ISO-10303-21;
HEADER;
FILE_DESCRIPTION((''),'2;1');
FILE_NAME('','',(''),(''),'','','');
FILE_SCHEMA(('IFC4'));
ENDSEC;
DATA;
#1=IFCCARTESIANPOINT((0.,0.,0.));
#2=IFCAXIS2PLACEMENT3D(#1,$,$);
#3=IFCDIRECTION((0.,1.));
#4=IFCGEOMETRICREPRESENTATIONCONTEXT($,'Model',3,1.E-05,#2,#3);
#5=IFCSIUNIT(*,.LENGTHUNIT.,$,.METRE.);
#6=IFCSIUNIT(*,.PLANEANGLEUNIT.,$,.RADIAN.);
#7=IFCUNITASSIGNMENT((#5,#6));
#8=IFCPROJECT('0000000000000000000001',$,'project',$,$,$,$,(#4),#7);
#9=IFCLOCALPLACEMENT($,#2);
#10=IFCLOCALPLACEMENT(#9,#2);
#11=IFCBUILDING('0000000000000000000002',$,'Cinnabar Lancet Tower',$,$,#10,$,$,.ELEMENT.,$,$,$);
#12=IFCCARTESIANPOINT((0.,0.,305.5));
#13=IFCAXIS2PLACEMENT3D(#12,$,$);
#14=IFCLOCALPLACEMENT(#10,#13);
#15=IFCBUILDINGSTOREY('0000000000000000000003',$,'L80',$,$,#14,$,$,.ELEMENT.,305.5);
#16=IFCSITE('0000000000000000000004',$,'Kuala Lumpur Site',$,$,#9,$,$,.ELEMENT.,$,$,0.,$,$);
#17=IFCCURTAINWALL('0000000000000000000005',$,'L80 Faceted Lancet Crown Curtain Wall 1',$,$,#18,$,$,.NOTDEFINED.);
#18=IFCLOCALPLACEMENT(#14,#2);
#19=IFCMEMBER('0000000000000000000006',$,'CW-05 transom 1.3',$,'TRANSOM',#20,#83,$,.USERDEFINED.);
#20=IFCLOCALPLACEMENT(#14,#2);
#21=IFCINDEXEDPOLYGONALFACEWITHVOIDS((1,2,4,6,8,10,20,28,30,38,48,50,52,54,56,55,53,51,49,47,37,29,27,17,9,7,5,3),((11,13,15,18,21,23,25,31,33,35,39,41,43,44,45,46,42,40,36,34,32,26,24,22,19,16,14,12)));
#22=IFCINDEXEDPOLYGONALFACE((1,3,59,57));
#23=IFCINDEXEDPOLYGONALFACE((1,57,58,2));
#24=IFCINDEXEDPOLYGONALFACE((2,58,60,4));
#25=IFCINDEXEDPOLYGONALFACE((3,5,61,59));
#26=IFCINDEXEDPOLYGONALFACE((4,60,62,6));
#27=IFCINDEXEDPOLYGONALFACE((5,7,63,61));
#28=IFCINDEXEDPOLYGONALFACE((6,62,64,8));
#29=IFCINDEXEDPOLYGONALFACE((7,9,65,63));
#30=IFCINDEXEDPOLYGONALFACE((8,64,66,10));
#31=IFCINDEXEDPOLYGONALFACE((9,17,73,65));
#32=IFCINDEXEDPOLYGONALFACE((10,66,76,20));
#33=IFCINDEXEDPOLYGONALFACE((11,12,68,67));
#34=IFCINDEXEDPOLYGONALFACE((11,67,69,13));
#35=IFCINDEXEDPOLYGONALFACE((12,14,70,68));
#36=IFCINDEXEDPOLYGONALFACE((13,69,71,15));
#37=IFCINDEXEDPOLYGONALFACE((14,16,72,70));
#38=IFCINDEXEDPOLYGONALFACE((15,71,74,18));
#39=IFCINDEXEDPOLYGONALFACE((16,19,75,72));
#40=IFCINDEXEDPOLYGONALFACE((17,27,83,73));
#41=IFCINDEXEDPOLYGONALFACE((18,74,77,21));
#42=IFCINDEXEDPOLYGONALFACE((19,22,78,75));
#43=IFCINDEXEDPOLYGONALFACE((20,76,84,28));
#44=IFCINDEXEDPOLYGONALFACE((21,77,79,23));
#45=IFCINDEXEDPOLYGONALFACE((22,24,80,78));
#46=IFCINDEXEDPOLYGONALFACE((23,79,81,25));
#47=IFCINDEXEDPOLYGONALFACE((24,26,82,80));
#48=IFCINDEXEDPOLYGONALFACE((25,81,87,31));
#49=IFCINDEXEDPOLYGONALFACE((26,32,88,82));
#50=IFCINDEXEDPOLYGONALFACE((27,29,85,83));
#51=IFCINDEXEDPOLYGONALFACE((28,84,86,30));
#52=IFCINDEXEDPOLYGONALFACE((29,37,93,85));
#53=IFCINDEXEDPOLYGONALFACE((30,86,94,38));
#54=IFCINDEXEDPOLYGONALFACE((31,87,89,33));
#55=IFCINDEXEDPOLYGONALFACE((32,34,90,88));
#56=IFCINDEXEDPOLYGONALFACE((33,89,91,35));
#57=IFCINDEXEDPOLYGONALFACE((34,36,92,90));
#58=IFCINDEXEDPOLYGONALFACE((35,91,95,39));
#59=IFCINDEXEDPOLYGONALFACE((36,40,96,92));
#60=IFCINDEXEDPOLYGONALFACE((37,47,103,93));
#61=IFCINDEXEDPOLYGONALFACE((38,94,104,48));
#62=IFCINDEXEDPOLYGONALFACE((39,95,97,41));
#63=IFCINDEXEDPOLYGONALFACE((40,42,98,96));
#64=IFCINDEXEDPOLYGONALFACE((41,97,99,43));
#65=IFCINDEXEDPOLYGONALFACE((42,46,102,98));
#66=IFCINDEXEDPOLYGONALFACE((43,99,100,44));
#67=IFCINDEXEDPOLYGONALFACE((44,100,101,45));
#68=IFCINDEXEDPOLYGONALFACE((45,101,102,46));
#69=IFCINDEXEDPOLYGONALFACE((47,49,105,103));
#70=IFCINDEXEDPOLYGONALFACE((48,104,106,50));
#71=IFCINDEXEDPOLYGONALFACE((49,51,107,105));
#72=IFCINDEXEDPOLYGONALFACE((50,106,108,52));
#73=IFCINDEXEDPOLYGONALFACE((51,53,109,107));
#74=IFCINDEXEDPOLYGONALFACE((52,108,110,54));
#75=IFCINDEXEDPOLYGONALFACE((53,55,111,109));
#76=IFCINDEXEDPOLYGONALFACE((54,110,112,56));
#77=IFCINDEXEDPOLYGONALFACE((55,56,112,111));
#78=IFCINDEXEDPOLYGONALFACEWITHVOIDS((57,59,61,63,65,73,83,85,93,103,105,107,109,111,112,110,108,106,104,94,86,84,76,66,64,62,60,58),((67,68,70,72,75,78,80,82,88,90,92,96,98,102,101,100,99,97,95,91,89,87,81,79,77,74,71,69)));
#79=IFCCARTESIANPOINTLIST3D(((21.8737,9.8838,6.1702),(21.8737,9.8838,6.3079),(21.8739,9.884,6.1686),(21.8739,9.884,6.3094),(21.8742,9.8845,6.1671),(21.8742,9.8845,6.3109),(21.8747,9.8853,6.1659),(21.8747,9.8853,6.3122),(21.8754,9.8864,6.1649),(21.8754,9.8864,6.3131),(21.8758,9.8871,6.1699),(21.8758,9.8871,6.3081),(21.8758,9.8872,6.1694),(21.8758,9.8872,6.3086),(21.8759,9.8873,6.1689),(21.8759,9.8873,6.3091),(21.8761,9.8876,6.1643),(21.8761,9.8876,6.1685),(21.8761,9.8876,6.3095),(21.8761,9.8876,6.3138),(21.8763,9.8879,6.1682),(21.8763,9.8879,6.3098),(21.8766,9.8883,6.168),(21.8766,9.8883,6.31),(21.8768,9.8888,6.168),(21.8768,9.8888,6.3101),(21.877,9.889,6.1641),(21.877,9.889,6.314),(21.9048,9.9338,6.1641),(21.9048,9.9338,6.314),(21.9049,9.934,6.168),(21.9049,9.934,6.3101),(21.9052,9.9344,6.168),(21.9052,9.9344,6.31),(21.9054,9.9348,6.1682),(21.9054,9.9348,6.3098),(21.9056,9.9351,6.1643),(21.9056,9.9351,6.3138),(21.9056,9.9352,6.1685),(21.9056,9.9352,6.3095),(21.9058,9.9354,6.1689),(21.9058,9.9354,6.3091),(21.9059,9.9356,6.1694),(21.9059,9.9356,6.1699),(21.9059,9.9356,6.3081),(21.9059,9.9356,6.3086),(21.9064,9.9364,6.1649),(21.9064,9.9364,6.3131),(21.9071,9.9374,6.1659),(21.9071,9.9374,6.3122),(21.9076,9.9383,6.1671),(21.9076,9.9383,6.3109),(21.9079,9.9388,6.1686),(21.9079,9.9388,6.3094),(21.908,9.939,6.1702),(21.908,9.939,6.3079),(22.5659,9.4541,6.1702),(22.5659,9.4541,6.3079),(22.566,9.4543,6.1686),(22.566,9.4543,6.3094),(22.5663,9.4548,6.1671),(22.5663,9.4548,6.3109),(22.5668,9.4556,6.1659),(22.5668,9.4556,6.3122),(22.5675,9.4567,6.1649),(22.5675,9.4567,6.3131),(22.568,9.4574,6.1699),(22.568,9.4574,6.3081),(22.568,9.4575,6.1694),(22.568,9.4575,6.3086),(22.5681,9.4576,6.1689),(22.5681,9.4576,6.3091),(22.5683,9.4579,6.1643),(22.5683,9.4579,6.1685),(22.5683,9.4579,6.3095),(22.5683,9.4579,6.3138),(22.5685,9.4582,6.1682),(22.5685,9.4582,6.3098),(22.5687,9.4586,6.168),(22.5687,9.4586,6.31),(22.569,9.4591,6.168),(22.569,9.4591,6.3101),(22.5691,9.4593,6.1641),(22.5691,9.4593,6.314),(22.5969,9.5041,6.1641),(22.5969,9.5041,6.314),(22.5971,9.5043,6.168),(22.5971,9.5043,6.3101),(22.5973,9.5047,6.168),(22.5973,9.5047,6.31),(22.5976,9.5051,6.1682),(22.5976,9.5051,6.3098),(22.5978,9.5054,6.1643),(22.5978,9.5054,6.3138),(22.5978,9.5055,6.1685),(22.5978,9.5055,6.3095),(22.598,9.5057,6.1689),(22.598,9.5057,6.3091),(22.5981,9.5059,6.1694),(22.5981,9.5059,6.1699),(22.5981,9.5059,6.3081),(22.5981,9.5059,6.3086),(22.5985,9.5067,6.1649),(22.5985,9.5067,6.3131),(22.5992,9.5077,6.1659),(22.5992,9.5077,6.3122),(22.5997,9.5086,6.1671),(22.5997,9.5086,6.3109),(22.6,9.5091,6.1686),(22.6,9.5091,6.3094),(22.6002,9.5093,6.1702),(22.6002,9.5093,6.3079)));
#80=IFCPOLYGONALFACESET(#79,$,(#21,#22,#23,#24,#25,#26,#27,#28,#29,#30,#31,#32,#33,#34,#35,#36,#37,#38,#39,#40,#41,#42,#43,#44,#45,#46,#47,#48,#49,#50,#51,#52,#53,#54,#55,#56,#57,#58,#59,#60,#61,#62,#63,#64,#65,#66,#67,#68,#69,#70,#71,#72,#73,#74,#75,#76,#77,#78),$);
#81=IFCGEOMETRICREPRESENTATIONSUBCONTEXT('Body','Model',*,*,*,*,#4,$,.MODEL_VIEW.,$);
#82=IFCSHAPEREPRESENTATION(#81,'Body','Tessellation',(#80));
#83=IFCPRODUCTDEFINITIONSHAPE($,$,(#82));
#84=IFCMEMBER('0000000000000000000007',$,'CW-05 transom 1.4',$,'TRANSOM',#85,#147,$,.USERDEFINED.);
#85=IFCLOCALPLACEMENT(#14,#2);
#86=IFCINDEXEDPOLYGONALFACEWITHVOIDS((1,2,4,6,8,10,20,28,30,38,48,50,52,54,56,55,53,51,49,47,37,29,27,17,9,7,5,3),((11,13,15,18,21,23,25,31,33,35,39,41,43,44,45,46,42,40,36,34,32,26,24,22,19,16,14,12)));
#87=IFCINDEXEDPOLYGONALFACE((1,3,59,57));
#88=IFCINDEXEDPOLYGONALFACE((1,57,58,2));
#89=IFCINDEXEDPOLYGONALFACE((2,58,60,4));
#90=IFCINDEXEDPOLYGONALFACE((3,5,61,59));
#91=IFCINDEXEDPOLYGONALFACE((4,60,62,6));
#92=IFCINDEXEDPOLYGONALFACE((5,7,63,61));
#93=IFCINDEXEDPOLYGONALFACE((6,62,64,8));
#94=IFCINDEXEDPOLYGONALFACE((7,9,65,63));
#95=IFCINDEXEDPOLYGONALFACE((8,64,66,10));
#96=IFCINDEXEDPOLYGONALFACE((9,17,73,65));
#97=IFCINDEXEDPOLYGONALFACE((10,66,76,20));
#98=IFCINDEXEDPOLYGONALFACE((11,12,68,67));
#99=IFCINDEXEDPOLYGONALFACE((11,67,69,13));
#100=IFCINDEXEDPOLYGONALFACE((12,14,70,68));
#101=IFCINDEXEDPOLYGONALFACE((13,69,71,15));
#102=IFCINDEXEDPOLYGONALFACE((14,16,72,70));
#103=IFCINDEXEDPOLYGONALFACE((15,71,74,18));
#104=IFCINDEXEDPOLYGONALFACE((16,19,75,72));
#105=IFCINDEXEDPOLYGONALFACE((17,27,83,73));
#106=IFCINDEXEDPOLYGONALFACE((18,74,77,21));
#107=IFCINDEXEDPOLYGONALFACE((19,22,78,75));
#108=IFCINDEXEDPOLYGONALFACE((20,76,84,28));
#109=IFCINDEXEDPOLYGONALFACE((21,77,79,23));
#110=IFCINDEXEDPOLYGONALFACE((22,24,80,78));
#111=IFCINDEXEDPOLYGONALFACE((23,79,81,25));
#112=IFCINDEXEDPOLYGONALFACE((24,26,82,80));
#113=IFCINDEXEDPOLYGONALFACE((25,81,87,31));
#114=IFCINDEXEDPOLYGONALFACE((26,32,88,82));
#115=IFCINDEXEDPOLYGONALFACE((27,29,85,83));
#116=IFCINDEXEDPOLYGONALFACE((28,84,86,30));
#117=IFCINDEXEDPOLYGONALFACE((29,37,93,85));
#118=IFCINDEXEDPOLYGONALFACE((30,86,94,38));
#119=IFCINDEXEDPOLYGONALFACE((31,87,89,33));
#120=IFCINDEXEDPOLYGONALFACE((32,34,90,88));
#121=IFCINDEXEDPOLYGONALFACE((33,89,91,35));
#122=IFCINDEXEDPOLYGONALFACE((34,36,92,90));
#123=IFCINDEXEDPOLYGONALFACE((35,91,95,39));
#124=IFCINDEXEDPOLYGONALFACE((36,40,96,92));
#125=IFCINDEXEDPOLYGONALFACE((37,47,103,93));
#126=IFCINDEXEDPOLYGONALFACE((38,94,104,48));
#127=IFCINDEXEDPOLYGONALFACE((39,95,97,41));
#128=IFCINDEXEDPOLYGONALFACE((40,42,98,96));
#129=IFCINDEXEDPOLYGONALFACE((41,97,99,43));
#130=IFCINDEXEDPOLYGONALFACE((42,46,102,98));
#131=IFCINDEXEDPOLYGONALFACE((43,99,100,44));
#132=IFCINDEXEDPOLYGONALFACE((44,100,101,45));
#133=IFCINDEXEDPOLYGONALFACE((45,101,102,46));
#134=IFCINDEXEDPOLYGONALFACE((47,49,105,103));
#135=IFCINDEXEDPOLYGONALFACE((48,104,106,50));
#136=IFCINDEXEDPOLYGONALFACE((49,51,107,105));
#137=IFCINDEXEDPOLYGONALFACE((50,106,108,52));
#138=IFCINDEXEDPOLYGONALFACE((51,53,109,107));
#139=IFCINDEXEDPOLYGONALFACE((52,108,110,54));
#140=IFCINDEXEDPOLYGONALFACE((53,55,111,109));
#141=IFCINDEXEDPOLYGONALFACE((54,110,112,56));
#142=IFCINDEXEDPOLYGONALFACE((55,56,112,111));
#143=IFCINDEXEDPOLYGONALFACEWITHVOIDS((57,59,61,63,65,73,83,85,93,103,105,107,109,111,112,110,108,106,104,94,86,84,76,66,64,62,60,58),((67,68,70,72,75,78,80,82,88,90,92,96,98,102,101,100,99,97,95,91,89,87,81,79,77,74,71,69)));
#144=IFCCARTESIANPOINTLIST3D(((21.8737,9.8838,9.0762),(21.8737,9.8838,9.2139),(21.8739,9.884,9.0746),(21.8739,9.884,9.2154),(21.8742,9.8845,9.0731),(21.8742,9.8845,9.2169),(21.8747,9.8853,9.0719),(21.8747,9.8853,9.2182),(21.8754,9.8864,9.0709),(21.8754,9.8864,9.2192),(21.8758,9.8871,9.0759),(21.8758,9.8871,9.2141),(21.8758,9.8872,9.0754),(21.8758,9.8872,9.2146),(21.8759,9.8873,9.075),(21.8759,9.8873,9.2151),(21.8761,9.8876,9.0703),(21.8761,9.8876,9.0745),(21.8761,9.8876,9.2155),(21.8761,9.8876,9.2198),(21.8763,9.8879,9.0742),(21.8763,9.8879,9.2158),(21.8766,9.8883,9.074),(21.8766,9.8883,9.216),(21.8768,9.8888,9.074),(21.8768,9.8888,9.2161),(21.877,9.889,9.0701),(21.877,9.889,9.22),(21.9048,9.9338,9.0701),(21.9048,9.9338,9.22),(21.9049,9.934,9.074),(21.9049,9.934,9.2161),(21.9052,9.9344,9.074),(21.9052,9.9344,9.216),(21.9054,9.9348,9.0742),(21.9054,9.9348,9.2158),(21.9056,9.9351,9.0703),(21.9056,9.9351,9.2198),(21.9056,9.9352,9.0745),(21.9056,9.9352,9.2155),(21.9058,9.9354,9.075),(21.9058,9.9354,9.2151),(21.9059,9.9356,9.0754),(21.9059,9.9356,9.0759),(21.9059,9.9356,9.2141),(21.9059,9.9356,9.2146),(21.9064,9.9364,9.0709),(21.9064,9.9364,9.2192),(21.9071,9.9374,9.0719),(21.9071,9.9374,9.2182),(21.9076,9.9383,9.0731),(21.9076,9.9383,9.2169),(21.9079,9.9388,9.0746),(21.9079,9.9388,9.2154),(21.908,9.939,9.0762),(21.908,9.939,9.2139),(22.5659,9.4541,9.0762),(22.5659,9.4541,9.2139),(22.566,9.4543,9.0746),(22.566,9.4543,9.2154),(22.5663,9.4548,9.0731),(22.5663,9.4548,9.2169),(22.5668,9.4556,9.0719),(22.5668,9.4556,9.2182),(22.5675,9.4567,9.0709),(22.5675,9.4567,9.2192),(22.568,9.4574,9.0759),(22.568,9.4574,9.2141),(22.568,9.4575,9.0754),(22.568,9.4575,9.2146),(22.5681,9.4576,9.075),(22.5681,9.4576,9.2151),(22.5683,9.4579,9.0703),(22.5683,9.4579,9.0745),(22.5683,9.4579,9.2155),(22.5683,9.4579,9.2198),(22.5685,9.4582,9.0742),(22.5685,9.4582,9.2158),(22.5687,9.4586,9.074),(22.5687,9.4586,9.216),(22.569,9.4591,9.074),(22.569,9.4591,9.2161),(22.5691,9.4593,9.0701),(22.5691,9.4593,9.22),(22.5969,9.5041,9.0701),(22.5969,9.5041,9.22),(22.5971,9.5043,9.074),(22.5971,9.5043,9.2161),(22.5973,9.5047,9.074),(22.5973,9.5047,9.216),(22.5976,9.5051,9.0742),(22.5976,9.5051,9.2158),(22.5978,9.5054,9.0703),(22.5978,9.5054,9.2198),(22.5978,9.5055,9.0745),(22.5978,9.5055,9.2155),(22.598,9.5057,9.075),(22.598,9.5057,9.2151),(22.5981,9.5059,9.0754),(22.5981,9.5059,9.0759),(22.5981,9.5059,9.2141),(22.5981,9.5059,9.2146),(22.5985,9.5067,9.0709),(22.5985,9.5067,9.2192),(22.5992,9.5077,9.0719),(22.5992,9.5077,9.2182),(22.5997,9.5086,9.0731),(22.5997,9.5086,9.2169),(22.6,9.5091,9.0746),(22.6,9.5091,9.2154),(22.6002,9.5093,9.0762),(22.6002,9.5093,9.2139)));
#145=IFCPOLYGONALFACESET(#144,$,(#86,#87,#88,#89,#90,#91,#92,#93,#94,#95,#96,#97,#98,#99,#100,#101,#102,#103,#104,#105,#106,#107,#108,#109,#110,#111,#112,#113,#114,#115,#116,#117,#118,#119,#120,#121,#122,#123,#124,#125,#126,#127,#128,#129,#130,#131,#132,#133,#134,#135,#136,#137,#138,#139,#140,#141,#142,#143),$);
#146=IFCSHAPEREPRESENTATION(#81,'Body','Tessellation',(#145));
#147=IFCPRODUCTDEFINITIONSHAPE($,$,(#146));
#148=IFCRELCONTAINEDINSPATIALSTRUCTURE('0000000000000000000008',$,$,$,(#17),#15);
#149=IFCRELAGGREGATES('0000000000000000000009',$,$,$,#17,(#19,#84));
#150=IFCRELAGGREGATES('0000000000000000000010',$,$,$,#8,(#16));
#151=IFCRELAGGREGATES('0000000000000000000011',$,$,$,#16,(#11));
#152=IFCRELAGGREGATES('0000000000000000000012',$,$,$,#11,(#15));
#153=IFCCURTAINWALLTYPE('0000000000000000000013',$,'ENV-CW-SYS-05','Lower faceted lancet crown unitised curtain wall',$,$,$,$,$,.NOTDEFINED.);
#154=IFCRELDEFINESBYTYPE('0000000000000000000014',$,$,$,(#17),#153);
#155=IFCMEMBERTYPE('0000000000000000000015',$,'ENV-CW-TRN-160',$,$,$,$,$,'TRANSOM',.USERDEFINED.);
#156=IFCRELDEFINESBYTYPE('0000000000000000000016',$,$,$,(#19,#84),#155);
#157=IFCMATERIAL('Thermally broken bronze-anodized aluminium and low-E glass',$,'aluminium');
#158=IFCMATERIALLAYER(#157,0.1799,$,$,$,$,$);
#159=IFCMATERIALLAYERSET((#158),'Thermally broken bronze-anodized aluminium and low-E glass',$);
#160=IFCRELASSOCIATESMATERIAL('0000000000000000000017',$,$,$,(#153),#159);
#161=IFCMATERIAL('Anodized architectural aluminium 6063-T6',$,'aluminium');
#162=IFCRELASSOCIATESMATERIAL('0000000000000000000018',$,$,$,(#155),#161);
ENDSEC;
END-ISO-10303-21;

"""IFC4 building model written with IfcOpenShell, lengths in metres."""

from ifc_helpers import new_model, si_unit, direction, frame, origin, origin_2d, place, context, subcontext, project, spatial, hollow_rectangle, extrude, material, layer, layer_set, material_profile, profile_set, type_object, element, aggregate, save


model = new_model("IFC4")

# Units and contexts
model_context = context("Model", 3, precision=1e-05, world=origin(), true_north=direction((0.0, 1.0)))
body_context = subcontext(model_context, "Body", "Model", "MODEL_VIEW")
ifc_project = project(units=[si_unit("LENGTHUNIT", "METRE"), si_unit("PLANEANGLEUNIT", "RADIAN")], contexts=[model_context])

# Site, building, storey
site_placement = place(None, origin())
site = spatial("IfcSite", under=ifc_project, at=site_placement, Name="Kuala Lumpur Site", CompositionType="ELEMENT", RefElevation=0.0)
building_placement = place(site_placement, origin())
building = spatial("IfcBuilding", under=site, at=building_placement, Name="Cinnabar Lancet Tower", CompositionType="ELEMENT")
storey_placement = place(building_placement, frame((0.0, 0.0, 305.5)))
storey = spatial("IfcBuildingStorey", under=building, at=storey_placement, Name="L80", CompositionType="ELEMENT", Elevation=305.5)

# Curtain wall
ifc_material_1 = material(Name="Thermally broken bronze-anodized aluminium and low-E glass", Category="aluminium")
ifc_layer_1 = layer(ifc_material_1, 0.1799)
ifc_layer_set_1 = layer_set([ifc_layer_1], Name="Thermally broken bronze-anodized aluminium and low-E glass")
curtain_wall_type = type_object("IfcCurtainWallType", Name="ENV-CW-SYS-05", Description="Lower faceted lancet crown unitised curtain wall", PredefinedType="NOTDEFINED", material=ifc_layer_set_1)
curtain_wall_1_placement = place(storey_placement, origin())
curtain_wall_1 = element("IfcCurtainWall", 1, at=curtain_wall_1_placement, inside=storey, type_object=curtain_wall_type, Name="L80 Faceted Lancet Crown Curtain Wall 1", PredefinedType="NOTDEFINED")

# Members
ifc_material_2 = material(Name="Anodized architectural aluminium 6063-T6", Category="aluminium")
ifc_material_profile_1 = material_profile(ifc_material_2, hollow_rectangle(XDim=0.0649, YDim=0.1499, WallThickness=0.0039, InnerFilletRadius=0.002, OuterFilletRadius=0.0061, at=origin_2d()), Name="CW-TRN 150x65x4")
ifc_profile_set_1 = profile_set([ifc_material_profile_1], Name="Anodized architectural aluminium 6063-T6")
member_type_1 = type_object("IfcMemberType", Name="ENV-CW-TRN-160", ElementType="TRANSOM", PredefinedType="USERDEFINED", material=ifc_profile_set_1)
member_1_placement = place(storey_placement, frame((21.8909, 9.9114, 6.239), z_axis=(0.849594, -0.527437, 0.0), x_axis=(0.527437, 0.849594, 0.0)))
member_1 = element("IfcMember", 2, at=member_1_placement, type_object=member_type_1, Name="CW-05 transom 1.3", ObjectType="TRANSOM", PredefinedType="USERDEFINED", context=body_context, shape_type="SweptSolid", body=[
    extrude(hollow_rectangle(XDim=0.0649, YDim=0.1499, WallThickness=0.0039, InnerFilletRadius=0.002, OuterFilletRadius=0.0061, at=origin_2d()), origin(), (0.0, 0.0, 1.0), 0.8147),
])
member_2_placement = place(storey_placement, frame((21.8909, 9.9114, 9.145), z_axis=(0.849594, -0.527437, 0.0), x_axis=(0.527437, 0.849594, 0.0)))
member_2 = element("IfcMember", 3, at=member_2_placement, type_object=member_type_1, Name="CW-05 transom 1.4", ObjectType="TRANSOM", PredefinedType="USERDEFINED", context=body_context, shape_type="SweptSolid", body=[
    extrude(hollow_rectangle(XDim=0.0649, YDim=0.1499, WallThickness=0.0039, InnerFilletRadius=0.002, OuterFilletRadius=0.0061, at=origin_2d()), origin(), (0.0, 0.0, 1.0), 0.8147),
])

aggregate(curtain_wall_1, [member_1, member_2])

save(model, "model.ifc")
